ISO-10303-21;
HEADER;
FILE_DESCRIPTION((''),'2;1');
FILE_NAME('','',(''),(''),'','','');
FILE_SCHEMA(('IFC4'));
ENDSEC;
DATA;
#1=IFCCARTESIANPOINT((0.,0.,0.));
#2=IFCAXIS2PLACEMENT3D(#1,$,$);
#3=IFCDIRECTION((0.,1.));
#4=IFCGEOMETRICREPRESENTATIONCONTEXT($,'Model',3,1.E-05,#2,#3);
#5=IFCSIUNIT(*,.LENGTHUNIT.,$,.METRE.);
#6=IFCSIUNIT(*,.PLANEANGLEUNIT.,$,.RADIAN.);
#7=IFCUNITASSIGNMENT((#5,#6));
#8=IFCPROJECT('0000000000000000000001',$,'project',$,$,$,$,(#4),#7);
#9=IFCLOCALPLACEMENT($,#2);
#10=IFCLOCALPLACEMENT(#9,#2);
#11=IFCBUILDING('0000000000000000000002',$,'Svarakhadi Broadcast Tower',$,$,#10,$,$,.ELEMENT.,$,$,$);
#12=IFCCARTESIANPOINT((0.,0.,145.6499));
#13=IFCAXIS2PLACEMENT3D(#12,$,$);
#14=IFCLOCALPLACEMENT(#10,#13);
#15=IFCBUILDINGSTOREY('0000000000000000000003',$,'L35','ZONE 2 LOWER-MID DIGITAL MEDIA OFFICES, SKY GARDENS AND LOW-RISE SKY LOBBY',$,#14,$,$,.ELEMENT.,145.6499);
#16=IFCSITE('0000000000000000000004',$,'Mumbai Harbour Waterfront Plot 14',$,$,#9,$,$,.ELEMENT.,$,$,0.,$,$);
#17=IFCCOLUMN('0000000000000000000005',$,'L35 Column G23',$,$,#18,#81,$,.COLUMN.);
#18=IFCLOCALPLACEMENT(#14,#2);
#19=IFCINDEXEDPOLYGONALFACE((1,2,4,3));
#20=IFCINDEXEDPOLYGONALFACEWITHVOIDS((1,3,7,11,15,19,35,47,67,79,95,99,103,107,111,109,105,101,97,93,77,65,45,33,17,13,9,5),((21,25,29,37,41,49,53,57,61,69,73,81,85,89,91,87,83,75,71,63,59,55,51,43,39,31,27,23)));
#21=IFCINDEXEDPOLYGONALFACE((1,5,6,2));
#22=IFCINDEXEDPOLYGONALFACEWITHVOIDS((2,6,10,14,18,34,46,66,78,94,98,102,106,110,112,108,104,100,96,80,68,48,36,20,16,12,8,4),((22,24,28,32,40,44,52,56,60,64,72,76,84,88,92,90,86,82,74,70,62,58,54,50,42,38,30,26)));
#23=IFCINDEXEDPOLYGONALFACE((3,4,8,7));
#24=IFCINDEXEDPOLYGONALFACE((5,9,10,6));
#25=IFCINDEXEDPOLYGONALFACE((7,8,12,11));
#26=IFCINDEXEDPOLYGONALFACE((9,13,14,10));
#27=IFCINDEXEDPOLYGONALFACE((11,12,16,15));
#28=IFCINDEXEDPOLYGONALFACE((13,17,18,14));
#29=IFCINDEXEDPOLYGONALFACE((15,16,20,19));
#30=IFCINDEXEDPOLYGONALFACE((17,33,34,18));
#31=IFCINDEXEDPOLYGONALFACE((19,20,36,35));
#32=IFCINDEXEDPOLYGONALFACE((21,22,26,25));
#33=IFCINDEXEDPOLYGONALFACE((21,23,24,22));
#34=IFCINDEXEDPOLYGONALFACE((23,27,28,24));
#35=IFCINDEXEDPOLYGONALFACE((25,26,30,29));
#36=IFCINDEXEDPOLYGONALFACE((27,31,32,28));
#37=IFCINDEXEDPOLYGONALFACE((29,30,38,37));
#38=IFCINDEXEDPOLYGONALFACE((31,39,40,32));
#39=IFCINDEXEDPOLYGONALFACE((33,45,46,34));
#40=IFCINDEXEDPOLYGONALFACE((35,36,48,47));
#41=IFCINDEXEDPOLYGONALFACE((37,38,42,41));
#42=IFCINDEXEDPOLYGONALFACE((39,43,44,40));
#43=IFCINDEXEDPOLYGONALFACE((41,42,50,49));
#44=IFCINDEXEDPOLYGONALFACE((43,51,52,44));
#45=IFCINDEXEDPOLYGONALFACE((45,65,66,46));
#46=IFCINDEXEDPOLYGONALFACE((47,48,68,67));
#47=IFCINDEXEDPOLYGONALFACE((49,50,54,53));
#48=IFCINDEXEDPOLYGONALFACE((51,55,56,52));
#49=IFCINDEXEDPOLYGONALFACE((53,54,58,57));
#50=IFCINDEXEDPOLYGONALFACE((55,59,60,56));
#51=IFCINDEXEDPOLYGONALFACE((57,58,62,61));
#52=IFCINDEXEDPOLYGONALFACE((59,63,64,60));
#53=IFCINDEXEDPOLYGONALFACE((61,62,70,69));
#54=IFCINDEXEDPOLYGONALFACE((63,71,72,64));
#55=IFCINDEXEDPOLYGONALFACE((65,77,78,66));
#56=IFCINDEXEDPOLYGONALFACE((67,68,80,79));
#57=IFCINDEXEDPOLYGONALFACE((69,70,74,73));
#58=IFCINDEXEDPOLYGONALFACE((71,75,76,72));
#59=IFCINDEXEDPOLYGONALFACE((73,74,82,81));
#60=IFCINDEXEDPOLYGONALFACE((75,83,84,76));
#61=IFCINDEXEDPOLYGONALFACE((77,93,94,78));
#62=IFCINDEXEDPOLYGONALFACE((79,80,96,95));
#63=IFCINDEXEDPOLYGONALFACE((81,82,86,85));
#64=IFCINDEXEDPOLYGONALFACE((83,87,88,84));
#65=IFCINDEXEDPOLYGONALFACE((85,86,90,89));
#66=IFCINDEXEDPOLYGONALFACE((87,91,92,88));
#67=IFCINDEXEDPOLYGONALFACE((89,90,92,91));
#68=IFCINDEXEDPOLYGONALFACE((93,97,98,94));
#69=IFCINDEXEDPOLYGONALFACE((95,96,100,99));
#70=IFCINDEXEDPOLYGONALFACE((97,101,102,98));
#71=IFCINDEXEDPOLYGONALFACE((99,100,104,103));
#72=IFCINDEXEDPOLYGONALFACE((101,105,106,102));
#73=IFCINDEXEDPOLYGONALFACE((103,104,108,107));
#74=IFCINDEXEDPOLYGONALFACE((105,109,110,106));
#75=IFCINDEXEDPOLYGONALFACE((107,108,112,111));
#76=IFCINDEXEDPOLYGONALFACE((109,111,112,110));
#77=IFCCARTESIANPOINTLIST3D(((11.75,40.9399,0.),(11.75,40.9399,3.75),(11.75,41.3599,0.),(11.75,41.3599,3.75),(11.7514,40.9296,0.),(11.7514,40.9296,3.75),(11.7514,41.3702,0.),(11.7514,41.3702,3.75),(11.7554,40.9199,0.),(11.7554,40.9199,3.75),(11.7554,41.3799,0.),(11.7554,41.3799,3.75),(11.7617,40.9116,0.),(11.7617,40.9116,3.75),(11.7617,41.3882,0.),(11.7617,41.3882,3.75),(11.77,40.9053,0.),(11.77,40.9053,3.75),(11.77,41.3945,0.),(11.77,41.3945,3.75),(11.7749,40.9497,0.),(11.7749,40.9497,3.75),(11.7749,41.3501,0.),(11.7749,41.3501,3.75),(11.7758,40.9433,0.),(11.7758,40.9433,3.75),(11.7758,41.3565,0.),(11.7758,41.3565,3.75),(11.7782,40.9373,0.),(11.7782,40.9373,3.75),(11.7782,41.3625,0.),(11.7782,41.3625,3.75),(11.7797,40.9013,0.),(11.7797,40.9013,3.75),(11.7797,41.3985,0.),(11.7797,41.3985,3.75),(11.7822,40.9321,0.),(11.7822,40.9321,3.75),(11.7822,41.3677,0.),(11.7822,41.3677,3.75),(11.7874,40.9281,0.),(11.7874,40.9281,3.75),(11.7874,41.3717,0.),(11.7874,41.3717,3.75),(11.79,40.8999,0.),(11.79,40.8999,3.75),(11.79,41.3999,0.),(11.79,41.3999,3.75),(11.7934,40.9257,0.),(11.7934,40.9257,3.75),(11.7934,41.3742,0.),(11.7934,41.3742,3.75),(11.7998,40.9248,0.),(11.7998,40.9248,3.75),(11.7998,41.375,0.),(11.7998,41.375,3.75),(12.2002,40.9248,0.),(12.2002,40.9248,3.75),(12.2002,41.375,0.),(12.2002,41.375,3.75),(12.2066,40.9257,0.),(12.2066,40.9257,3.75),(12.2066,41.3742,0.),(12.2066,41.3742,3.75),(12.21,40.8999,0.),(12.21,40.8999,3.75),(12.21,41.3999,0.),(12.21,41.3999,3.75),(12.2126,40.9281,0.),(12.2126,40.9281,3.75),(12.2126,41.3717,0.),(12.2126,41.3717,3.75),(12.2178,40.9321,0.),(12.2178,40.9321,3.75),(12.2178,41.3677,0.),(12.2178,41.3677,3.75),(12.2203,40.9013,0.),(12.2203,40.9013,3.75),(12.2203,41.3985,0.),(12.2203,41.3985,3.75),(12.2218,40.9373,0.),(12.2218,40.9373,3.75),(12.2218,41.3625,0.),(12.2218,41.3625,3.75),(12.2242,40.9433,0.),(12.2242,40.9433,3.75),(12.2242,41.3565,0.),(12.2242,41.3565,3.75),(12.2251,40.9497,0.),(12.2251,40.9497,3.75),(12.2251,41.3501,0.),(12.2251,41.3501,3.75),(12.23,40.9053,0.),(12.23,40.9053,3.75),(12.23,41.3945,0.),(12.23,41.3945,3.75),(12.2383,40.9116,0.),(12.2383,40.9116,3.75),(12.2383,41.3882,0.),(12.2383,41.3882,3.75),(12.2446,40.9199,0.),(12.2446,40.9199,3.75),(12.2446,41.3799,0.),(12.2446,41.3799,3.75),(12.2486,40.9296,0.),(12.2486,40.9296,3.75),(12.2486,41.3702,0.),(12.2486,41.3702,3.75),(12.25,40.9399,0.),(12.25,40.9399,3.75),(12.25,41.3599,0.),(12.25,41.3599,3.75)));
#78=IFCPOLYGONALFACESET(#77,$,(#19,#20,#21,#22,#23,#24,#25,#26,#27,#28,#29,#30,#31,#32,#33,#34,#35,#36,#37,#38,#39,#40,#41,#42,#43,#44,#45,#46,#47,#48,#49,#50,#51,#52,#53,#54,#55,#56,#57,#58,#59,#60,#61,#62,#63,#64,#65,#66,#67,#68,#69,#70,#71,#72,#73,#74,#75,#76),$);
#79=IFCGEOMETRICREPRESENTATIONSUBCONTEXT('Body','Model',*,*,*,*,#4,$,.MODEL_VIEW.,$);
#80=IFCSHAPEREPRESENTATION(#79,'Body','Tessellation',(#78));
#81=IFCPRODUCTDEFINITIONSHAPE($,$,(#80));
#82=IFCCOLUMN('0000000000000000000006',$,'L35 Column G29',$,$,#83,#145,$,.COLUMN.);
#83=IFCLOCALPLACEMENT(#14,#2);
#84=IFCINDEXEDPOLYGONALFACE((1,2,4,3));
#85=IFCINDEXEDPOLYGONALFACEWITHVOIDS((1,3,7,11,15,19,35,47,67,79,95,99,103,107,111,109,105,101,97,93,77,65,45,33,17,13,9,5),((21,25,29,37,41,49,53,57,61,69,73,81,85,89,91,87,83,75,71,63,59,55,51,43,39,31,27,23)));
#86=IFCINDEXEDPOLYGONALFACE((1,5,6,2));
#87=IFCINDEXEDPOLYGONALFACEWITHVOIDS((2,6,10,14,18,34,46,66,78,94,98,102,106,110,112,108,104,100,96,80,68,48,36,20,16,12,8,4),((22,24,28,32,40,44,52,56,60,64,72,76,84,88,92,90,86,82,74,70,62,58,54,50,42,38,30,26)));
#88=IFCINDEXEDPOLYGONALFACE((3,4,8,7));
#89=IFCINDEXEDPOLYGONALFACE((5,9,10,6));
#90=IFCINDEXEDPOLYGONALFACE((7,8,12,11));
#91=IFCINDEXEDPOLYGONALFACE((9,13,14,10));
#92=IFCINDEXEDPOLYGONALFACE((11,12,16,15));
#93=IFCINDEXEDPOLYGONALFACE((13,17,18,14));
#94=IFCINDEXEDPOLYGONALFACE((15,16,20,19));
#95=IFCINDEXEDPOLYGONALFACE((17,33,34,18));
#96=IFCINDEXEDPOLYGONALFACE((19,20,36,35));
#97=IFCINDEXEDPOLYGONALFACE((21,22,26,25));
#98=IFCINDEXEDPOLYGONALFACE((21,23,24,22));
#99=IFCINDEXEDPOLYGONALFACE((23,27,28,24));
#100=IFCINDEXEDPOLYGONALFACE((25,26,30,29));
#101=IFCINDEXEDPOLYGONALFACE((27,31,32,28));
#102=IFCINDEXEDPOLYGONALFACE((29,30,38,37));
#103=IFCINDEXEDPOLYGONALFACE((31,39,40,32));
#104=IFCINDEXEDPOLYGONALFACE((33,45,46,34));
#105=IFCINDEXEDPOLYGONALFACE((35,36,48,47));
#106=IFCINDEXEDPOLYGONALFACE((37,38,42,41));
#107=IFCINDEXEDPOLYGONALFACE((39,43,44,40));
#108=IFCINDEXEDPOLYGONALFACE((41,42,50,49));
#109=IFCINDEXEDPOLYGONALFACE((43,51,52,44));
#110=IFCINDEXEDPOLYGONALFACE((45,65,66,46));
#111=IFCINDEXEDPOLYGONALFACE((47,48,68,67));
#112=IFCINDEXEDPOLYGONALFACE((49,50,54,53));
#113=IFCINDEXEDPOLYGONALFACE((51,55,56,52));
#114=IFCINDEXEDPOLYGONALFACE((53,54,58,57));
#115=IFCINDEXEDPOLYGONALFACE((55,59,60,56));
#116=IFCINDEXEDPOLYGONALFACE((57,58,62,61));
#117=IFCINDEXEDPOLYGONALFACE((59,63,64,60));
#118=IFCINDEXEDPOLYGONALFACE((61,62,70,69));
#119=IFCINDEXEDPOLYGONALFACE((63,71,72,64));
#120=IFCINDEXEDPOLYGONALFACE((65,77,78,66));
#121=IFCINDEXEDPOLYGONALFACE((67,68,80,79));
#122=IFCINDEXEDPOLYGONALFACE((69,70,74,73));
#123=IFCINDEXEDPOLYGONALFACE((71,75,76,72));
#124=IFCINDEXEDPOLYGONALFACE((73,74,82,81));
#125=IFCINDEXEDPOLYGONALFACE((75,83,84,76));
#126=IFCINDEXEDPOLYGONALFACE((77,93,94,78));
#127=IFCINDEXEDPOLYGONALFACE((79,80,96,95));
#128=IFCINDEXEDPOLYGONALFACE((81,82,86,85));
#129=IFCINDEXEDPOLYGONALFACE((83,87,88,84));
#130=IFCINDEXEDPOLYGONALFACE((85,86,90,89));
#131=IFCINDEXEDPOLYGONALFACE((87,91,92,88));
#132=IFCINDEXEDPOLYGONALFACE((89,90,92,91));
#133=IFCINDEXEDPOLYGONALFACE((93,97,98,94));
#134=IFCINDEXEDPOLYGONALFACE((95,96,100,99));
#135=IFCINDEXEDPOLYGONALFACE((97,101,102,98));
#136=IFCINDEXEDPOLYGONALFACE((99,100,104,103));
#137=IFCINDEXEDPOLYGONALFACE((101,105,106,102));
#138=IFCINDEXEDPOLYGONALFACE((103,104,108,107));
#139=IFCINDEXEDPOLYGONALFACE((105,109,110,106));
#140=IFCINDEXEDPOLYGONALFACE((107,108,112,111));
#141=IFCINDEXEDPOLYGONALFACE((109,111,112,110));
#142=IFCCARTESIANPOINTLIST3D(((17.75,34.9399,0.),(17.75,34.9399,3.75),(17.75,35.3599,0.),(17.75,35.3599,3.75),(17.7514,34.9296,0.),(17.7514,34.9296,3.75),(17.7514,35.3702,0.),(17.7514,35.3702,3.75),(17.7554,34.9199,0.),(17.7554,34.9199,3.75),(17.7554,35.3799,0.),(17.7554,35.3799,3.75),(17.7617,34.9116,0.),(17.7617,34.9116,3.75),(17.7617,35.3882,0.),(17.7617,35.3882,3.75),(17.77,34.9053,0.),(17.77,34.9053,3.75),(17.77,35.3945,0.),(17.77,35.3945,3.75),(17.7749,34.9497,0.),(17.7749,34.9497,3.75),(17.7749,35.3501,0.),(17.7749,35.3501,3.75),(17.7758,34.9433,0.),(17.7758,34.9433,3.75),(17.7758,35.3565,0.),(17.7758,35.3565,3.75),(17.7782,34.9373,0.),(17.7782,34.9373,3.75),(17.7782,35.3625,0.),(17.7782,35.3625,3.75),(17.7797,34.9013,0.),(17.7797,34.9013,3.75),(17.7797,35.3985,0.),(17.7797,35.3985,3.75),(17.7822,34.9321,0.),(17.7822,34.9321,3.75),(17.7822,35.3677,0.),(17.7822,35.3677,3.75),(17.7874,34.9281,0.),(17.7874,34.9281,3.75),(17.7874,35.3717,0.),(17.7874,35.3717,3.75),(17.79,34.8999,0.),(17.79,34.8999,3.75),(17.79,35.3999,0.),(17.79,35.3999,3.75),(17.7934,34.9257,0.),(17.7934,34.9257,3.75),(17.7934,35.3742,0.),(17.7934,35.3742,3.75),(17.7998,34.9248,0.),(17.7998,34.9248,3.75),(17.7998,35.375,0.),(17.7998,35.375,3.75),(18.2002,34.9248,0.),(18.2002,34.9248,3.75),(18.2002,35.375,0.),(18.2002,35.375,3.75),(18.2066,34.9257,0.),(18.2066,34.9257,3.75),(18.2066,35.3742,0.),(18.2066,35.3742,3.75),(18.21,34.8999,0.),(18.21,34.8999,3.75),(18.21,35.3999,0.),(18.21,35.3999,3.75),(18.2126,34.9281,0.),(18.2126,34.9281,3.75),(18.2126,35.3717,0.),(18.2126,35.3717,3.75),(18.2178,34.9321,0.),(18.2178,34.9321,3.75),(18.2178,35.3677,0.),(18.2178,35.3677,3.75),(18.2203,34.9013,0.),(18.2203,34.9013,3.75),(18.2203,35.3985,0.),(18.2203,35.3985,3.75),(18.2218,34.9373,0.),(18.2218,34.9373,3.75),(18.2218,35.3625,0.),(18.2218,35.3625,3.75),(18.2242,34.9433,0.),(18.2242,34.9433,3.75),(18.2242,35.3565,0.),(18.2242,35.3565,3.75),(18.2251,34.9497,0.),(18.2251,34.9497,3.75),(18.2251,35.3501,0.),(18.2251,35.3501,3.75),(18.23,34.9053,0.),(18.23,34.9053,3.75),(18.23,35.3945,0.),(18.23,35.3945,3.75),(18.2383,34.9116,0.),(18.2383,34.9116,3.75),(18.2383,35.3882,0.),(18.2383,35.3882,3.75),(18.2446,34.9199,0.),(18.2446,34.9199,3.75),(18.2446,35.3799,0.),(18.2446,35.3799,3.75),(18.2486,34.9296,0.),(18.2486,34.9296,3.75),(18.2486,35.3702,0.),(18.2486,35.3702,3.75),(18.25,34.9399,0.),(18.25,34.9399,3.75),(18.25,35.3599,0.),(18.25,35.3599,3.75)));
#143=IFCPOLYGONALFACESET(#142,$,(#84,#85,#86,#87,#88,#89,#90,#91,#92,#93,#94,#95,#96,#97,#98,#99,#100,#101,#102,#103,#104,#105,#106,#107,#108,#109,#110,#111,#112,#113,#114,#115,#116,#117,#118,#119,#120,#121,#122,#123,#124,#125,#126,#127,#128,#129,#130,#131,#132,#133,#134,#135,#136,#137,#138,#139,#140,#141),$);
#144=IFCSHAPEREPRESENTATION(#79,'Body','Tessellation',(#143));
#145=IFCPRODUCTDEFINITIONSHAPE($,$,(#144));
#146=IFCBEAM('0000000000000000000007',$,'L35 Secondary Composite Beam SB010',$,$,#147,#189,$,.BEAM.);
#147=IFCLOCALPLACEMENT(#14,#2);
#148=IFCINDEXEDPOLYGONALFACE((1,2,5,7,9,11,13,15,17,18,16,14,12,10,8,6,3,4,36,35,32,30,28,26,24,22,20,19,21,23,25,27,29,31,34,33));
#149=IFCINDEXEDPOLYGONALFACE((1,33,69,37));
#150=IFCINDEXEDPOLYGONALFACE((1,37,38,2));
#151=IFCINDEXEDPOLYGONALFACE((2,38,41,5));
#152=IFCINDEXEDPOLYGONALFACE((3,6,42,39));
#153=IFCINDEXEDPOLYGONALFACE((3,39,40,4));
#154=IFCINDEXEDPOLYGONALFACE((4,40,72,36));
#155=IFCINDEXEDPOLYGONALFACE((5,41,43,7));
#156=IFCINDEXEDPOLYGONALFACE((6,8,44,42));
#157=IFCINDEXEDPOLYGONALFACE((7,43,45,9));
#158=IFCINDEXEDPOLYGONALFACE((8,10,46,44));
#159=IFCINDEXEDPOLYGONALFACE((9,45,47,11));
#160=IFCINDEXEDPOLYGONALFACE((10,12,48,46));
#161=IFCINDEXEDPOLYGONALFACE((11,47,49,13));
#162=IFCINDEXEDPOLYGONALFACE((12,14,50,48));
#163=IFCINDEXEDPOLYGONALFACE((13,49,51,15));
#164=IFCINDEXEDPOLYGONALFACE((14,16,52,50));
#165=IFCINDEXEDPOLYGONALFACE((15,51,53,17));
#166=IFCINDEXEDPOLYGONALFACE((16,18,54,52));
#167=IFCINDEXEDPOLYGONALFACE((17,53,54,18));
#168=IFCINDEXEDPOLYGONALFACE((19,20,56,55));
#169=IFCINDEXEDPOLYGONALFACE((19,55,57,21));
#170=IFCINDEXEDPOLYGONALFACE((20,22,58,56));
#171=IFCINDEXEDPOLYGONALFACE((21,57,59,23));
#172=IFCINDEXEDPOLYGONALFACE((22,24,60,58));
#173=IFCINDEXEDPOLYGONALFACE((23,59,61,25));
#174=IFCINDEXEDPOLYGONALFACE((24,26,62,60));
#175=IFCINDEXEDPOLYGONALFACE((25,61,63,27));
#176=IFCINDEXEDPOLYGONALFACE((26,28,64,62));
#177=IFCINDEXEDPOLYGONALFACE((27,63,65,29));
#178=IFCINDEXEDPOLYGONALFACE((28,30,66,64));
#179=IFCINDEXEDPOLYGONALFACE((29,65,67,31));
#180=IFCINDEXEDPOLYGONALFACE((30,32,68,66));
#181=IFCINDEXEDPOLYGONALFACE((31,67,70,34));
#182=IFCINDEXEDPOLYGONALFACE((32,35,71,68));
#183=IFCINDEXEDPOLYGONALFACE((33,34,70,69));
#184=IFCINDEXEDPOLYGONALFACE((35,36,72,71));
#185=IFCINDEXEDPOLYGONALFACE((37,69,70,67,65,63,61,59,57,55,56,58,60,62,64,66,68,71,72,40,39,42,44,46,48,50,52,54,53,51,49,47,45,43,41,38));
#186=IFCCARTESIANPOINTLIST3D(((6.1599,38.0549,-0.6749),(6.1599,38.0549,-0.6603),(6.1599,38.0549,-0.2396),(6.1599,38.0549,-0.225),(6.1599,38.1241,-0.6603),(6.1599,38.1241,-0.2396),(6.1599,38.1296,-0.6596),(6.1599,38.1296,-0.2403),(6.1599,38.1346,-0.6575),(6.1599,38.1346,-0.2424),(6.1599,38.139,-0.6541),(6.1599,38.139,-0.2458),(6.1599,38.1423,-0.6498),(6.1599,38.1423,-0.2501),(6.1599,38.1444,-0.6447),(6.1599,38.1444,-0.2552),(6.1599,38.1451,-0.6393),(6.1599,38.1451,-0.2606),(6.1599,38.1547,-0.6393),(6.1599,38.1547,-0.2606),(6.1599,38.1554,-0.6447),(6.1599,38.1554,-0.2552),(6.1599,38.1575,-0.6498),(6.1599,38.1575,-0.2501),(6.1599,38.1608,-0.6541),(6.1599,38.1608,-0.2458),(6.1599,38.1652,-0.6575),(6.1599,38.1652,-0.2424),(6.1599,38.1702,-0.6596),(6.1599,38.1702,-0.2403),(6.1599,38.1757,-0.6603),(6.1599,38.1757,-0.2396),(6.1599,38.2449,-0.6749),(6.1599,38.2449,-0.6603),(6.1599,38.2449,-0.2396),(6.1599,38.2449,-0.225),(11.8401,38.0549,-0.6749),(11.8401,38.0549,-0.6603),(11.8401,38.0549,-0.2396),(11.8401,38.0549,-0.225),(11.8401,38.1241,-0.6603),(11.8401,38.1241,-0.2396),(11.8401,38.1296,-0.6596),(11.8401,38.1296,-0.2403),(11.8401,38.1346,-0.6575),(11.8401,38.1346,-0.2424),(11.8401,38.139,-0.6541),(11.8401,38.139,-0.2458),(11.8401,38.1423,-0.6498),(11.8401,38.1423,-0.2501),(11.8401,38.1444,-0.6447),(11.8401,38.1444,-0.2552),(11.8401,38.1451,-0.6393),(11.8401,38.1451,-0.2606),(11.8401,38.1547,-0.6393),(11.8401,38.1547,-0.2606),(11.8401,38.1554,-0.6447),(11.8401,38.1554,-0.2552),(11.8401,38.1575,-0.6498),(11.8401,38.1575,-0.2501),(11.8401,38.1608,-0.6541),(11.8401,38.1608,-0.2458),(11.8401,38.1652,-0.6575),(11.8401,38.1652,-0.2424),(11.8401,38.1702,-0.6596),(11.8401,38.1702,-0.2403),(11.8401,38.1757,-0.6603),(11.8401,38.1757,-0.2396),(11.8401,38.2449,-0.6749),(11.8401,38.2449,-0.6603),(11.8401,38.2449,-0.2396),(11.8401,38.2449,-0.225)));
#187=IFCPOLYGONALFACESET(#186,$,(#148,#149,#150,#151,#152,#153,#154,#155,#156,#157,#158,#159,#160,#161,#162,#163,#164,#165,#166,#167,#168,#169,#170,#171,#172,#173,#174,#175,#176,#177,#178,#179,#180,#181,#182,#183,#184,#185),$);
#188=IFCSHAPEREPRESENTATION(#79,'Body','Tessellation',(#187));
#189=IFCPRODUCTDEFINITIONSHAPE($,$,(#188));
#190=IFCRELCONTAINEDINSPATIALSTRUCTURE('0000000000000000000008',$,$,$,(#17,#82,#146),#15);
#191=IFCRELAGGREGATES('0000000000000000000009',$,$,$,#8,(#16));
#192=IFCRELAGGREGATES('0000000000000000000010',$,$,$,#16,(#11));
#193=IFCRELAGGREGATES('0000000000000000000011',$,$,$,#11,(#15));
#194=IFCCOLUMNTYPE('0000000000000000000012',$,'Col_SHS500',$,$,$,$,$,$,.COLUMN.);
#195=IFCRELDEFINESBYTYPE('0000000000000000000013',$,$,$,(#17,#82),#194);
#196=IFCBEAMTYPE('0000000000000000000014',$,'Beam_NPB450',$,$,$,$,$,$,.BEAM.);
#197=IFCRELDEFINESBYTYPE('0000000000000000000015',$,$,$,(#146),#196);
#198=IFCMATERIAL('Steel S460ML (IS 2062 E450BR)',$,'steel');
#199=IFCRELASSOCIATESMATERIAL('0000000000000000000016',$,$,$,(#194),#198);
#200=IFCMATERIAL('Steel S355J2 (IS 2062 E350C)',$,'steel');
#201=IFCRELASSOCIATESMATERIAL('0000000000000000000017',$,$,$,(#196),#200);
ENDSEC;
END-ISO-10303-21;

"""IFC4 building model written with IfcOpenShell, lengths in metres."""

from ifc_helpers import new_model, si_unit, direction, frame, origin, origin_2d, place, context, subcontext, project, spatial, hollow_rectangle, i_section, extrude, material, material_profile, profile_set, type_object, element, save


model = new_model("IFC4")

# Units and contexts
model_context = context("Model", 3, precision=1e-05, world=origin(), true_north=direction((0.0, 1.0)))
body_context = subcontext(model_context, "Body", "Model", "MODEL_VIEW")
ifc_project = project(units=[si_unit("LENGTHUNIT", "METRE"), si_unit("PLANEANGLEUNIT", "RADIAN")], contexts=[model_context])

# Site, building, storey
site_placement = place(None, origin())
site = spatial("IfcSite", under=ifc_project, at=site_placement, Name="Mumbai Harbour Waterfront Plot 14", CompositionType="ELEMENT", RefElevation=0.0)
building_placement = place(site_placement, origin())
building = spatial("IfcBuilding", under=site, at=building_placement, Name="Svarakhadi Broadcast Tower", CompositionType="ELEMENT")
storey_placement = place(building_placement, frame((0.0, 0.0, 145.6499)))
storey = spatial("IfcBuildingStorey", under=building, at=storey_placement, Name="L35", Description="ZONE 2 LOWER-MID DIGITAL MEDIA OFFICES, SKY GARDENS AND LOW-RISE SKY LOBBY", CompositionType="ELEMENT", Elevation=145.6499)

# Columns
ifc_material_1 = material(Name="Steel S460ML (IS 2062 E450BR)", Category="steel")
ifc_material_profile_1 = material_profile(ifc_material_1, hollow_rectangle(XDim=0.5, YDim=0.5, WallThickness=0.0249, InnerFilletRadius=0.0249, OuterFilletRadius=0.04, at=origin_2d()), Name="SHS 500x500x25")
ifc_profile_set_1 = profile_set([ifc_material_profile_1], Name="Steel S460ML (IS 2062 E450BR)")
column_type_1 = type_object("IfcColumnType", Name="Col_SHS500", PredefinedType="COLUMN", material=ifc_profile_set_1)
for number, where, z_axis, x_axis, name in (
    (1, (12.0, 41.1499, 0.0), (0.0, 0.0, 1.0), (1.0, 0.0, 0.0), "L35 Column G23"),
    (2, (18.0, 35.1499, 0.0), (0.0, 0.0, 1.0), (1.0, 0.0, 0.0), "L35 Column G29"),
):
    element("IfcColumn", number, at=place(storey_placement, frame(where, z_axis=z_axis, x_axis=x_axis)), inside=storey, type_object=column_type_1, Name=name, PredefinedType="COLUMN", context=body_context, shape_type="SweptSolid", body=[
        extrude(hollow_rectangle(XDim=0.5, YDim=0.5, WallThickness=0.0249, InnerFilletRadius=0.0249, OuterFilletRadius=0.04, at=origin_2d()), origin(), (0.0, 0.0, 1.0), 3.75),
    ])

# Beam
ifc_material_2 = material(Name="Steel S355J2 (IS 2062 E350C)", Category="steel")
ifc_material_profile_2 = material_profile(ifc_material_2, i_section(OverallWidth=0.1899, OverallDepth=0.45, WebThickness=0.0095, FlangeThickness=0.0146, FilletRadius=0.021, at=origin_2d()), Name="NPB 450x190x78")
ifc_profile_set_2 = profile_set([ifc_material_profile_2], Name="Steel S355J2 (IS 2062 E350C)")
beam_type_1 = type_object("IfcBeamType", Name="Beam_NPB450", PredefinedType="BEAM", material=ifc_profile_set_2)
for number, where, z_axis, x_axis, name in (
    (3, (6.1599, 38.1499, -0.45), (1.0, 0.0, 0.0), (0.0, 1.0, 0.0), "L35 Secondary Composite Beam SB010"),
):
    element("IfcBeam", number, at=place(storey_placement, frame(where, z_axis=z_axis, x_axis=x_axis)), inside=storey, type_object=beam_type_1, Name=name, PredefinedType="BEAM", context=body_context, shape_type="SweptSolid", body=[
        extrude(i_section(OverallWidth=0.1899, OverallDepth=0.45, WebThickness=0.0095, FlangeThickness=0.0146, FilletRadius=0.021, at=origin_2d()), origin(), (0.0, 0.0, 1.0), 5.6802),
    ])

save(model, "model.ifc")
